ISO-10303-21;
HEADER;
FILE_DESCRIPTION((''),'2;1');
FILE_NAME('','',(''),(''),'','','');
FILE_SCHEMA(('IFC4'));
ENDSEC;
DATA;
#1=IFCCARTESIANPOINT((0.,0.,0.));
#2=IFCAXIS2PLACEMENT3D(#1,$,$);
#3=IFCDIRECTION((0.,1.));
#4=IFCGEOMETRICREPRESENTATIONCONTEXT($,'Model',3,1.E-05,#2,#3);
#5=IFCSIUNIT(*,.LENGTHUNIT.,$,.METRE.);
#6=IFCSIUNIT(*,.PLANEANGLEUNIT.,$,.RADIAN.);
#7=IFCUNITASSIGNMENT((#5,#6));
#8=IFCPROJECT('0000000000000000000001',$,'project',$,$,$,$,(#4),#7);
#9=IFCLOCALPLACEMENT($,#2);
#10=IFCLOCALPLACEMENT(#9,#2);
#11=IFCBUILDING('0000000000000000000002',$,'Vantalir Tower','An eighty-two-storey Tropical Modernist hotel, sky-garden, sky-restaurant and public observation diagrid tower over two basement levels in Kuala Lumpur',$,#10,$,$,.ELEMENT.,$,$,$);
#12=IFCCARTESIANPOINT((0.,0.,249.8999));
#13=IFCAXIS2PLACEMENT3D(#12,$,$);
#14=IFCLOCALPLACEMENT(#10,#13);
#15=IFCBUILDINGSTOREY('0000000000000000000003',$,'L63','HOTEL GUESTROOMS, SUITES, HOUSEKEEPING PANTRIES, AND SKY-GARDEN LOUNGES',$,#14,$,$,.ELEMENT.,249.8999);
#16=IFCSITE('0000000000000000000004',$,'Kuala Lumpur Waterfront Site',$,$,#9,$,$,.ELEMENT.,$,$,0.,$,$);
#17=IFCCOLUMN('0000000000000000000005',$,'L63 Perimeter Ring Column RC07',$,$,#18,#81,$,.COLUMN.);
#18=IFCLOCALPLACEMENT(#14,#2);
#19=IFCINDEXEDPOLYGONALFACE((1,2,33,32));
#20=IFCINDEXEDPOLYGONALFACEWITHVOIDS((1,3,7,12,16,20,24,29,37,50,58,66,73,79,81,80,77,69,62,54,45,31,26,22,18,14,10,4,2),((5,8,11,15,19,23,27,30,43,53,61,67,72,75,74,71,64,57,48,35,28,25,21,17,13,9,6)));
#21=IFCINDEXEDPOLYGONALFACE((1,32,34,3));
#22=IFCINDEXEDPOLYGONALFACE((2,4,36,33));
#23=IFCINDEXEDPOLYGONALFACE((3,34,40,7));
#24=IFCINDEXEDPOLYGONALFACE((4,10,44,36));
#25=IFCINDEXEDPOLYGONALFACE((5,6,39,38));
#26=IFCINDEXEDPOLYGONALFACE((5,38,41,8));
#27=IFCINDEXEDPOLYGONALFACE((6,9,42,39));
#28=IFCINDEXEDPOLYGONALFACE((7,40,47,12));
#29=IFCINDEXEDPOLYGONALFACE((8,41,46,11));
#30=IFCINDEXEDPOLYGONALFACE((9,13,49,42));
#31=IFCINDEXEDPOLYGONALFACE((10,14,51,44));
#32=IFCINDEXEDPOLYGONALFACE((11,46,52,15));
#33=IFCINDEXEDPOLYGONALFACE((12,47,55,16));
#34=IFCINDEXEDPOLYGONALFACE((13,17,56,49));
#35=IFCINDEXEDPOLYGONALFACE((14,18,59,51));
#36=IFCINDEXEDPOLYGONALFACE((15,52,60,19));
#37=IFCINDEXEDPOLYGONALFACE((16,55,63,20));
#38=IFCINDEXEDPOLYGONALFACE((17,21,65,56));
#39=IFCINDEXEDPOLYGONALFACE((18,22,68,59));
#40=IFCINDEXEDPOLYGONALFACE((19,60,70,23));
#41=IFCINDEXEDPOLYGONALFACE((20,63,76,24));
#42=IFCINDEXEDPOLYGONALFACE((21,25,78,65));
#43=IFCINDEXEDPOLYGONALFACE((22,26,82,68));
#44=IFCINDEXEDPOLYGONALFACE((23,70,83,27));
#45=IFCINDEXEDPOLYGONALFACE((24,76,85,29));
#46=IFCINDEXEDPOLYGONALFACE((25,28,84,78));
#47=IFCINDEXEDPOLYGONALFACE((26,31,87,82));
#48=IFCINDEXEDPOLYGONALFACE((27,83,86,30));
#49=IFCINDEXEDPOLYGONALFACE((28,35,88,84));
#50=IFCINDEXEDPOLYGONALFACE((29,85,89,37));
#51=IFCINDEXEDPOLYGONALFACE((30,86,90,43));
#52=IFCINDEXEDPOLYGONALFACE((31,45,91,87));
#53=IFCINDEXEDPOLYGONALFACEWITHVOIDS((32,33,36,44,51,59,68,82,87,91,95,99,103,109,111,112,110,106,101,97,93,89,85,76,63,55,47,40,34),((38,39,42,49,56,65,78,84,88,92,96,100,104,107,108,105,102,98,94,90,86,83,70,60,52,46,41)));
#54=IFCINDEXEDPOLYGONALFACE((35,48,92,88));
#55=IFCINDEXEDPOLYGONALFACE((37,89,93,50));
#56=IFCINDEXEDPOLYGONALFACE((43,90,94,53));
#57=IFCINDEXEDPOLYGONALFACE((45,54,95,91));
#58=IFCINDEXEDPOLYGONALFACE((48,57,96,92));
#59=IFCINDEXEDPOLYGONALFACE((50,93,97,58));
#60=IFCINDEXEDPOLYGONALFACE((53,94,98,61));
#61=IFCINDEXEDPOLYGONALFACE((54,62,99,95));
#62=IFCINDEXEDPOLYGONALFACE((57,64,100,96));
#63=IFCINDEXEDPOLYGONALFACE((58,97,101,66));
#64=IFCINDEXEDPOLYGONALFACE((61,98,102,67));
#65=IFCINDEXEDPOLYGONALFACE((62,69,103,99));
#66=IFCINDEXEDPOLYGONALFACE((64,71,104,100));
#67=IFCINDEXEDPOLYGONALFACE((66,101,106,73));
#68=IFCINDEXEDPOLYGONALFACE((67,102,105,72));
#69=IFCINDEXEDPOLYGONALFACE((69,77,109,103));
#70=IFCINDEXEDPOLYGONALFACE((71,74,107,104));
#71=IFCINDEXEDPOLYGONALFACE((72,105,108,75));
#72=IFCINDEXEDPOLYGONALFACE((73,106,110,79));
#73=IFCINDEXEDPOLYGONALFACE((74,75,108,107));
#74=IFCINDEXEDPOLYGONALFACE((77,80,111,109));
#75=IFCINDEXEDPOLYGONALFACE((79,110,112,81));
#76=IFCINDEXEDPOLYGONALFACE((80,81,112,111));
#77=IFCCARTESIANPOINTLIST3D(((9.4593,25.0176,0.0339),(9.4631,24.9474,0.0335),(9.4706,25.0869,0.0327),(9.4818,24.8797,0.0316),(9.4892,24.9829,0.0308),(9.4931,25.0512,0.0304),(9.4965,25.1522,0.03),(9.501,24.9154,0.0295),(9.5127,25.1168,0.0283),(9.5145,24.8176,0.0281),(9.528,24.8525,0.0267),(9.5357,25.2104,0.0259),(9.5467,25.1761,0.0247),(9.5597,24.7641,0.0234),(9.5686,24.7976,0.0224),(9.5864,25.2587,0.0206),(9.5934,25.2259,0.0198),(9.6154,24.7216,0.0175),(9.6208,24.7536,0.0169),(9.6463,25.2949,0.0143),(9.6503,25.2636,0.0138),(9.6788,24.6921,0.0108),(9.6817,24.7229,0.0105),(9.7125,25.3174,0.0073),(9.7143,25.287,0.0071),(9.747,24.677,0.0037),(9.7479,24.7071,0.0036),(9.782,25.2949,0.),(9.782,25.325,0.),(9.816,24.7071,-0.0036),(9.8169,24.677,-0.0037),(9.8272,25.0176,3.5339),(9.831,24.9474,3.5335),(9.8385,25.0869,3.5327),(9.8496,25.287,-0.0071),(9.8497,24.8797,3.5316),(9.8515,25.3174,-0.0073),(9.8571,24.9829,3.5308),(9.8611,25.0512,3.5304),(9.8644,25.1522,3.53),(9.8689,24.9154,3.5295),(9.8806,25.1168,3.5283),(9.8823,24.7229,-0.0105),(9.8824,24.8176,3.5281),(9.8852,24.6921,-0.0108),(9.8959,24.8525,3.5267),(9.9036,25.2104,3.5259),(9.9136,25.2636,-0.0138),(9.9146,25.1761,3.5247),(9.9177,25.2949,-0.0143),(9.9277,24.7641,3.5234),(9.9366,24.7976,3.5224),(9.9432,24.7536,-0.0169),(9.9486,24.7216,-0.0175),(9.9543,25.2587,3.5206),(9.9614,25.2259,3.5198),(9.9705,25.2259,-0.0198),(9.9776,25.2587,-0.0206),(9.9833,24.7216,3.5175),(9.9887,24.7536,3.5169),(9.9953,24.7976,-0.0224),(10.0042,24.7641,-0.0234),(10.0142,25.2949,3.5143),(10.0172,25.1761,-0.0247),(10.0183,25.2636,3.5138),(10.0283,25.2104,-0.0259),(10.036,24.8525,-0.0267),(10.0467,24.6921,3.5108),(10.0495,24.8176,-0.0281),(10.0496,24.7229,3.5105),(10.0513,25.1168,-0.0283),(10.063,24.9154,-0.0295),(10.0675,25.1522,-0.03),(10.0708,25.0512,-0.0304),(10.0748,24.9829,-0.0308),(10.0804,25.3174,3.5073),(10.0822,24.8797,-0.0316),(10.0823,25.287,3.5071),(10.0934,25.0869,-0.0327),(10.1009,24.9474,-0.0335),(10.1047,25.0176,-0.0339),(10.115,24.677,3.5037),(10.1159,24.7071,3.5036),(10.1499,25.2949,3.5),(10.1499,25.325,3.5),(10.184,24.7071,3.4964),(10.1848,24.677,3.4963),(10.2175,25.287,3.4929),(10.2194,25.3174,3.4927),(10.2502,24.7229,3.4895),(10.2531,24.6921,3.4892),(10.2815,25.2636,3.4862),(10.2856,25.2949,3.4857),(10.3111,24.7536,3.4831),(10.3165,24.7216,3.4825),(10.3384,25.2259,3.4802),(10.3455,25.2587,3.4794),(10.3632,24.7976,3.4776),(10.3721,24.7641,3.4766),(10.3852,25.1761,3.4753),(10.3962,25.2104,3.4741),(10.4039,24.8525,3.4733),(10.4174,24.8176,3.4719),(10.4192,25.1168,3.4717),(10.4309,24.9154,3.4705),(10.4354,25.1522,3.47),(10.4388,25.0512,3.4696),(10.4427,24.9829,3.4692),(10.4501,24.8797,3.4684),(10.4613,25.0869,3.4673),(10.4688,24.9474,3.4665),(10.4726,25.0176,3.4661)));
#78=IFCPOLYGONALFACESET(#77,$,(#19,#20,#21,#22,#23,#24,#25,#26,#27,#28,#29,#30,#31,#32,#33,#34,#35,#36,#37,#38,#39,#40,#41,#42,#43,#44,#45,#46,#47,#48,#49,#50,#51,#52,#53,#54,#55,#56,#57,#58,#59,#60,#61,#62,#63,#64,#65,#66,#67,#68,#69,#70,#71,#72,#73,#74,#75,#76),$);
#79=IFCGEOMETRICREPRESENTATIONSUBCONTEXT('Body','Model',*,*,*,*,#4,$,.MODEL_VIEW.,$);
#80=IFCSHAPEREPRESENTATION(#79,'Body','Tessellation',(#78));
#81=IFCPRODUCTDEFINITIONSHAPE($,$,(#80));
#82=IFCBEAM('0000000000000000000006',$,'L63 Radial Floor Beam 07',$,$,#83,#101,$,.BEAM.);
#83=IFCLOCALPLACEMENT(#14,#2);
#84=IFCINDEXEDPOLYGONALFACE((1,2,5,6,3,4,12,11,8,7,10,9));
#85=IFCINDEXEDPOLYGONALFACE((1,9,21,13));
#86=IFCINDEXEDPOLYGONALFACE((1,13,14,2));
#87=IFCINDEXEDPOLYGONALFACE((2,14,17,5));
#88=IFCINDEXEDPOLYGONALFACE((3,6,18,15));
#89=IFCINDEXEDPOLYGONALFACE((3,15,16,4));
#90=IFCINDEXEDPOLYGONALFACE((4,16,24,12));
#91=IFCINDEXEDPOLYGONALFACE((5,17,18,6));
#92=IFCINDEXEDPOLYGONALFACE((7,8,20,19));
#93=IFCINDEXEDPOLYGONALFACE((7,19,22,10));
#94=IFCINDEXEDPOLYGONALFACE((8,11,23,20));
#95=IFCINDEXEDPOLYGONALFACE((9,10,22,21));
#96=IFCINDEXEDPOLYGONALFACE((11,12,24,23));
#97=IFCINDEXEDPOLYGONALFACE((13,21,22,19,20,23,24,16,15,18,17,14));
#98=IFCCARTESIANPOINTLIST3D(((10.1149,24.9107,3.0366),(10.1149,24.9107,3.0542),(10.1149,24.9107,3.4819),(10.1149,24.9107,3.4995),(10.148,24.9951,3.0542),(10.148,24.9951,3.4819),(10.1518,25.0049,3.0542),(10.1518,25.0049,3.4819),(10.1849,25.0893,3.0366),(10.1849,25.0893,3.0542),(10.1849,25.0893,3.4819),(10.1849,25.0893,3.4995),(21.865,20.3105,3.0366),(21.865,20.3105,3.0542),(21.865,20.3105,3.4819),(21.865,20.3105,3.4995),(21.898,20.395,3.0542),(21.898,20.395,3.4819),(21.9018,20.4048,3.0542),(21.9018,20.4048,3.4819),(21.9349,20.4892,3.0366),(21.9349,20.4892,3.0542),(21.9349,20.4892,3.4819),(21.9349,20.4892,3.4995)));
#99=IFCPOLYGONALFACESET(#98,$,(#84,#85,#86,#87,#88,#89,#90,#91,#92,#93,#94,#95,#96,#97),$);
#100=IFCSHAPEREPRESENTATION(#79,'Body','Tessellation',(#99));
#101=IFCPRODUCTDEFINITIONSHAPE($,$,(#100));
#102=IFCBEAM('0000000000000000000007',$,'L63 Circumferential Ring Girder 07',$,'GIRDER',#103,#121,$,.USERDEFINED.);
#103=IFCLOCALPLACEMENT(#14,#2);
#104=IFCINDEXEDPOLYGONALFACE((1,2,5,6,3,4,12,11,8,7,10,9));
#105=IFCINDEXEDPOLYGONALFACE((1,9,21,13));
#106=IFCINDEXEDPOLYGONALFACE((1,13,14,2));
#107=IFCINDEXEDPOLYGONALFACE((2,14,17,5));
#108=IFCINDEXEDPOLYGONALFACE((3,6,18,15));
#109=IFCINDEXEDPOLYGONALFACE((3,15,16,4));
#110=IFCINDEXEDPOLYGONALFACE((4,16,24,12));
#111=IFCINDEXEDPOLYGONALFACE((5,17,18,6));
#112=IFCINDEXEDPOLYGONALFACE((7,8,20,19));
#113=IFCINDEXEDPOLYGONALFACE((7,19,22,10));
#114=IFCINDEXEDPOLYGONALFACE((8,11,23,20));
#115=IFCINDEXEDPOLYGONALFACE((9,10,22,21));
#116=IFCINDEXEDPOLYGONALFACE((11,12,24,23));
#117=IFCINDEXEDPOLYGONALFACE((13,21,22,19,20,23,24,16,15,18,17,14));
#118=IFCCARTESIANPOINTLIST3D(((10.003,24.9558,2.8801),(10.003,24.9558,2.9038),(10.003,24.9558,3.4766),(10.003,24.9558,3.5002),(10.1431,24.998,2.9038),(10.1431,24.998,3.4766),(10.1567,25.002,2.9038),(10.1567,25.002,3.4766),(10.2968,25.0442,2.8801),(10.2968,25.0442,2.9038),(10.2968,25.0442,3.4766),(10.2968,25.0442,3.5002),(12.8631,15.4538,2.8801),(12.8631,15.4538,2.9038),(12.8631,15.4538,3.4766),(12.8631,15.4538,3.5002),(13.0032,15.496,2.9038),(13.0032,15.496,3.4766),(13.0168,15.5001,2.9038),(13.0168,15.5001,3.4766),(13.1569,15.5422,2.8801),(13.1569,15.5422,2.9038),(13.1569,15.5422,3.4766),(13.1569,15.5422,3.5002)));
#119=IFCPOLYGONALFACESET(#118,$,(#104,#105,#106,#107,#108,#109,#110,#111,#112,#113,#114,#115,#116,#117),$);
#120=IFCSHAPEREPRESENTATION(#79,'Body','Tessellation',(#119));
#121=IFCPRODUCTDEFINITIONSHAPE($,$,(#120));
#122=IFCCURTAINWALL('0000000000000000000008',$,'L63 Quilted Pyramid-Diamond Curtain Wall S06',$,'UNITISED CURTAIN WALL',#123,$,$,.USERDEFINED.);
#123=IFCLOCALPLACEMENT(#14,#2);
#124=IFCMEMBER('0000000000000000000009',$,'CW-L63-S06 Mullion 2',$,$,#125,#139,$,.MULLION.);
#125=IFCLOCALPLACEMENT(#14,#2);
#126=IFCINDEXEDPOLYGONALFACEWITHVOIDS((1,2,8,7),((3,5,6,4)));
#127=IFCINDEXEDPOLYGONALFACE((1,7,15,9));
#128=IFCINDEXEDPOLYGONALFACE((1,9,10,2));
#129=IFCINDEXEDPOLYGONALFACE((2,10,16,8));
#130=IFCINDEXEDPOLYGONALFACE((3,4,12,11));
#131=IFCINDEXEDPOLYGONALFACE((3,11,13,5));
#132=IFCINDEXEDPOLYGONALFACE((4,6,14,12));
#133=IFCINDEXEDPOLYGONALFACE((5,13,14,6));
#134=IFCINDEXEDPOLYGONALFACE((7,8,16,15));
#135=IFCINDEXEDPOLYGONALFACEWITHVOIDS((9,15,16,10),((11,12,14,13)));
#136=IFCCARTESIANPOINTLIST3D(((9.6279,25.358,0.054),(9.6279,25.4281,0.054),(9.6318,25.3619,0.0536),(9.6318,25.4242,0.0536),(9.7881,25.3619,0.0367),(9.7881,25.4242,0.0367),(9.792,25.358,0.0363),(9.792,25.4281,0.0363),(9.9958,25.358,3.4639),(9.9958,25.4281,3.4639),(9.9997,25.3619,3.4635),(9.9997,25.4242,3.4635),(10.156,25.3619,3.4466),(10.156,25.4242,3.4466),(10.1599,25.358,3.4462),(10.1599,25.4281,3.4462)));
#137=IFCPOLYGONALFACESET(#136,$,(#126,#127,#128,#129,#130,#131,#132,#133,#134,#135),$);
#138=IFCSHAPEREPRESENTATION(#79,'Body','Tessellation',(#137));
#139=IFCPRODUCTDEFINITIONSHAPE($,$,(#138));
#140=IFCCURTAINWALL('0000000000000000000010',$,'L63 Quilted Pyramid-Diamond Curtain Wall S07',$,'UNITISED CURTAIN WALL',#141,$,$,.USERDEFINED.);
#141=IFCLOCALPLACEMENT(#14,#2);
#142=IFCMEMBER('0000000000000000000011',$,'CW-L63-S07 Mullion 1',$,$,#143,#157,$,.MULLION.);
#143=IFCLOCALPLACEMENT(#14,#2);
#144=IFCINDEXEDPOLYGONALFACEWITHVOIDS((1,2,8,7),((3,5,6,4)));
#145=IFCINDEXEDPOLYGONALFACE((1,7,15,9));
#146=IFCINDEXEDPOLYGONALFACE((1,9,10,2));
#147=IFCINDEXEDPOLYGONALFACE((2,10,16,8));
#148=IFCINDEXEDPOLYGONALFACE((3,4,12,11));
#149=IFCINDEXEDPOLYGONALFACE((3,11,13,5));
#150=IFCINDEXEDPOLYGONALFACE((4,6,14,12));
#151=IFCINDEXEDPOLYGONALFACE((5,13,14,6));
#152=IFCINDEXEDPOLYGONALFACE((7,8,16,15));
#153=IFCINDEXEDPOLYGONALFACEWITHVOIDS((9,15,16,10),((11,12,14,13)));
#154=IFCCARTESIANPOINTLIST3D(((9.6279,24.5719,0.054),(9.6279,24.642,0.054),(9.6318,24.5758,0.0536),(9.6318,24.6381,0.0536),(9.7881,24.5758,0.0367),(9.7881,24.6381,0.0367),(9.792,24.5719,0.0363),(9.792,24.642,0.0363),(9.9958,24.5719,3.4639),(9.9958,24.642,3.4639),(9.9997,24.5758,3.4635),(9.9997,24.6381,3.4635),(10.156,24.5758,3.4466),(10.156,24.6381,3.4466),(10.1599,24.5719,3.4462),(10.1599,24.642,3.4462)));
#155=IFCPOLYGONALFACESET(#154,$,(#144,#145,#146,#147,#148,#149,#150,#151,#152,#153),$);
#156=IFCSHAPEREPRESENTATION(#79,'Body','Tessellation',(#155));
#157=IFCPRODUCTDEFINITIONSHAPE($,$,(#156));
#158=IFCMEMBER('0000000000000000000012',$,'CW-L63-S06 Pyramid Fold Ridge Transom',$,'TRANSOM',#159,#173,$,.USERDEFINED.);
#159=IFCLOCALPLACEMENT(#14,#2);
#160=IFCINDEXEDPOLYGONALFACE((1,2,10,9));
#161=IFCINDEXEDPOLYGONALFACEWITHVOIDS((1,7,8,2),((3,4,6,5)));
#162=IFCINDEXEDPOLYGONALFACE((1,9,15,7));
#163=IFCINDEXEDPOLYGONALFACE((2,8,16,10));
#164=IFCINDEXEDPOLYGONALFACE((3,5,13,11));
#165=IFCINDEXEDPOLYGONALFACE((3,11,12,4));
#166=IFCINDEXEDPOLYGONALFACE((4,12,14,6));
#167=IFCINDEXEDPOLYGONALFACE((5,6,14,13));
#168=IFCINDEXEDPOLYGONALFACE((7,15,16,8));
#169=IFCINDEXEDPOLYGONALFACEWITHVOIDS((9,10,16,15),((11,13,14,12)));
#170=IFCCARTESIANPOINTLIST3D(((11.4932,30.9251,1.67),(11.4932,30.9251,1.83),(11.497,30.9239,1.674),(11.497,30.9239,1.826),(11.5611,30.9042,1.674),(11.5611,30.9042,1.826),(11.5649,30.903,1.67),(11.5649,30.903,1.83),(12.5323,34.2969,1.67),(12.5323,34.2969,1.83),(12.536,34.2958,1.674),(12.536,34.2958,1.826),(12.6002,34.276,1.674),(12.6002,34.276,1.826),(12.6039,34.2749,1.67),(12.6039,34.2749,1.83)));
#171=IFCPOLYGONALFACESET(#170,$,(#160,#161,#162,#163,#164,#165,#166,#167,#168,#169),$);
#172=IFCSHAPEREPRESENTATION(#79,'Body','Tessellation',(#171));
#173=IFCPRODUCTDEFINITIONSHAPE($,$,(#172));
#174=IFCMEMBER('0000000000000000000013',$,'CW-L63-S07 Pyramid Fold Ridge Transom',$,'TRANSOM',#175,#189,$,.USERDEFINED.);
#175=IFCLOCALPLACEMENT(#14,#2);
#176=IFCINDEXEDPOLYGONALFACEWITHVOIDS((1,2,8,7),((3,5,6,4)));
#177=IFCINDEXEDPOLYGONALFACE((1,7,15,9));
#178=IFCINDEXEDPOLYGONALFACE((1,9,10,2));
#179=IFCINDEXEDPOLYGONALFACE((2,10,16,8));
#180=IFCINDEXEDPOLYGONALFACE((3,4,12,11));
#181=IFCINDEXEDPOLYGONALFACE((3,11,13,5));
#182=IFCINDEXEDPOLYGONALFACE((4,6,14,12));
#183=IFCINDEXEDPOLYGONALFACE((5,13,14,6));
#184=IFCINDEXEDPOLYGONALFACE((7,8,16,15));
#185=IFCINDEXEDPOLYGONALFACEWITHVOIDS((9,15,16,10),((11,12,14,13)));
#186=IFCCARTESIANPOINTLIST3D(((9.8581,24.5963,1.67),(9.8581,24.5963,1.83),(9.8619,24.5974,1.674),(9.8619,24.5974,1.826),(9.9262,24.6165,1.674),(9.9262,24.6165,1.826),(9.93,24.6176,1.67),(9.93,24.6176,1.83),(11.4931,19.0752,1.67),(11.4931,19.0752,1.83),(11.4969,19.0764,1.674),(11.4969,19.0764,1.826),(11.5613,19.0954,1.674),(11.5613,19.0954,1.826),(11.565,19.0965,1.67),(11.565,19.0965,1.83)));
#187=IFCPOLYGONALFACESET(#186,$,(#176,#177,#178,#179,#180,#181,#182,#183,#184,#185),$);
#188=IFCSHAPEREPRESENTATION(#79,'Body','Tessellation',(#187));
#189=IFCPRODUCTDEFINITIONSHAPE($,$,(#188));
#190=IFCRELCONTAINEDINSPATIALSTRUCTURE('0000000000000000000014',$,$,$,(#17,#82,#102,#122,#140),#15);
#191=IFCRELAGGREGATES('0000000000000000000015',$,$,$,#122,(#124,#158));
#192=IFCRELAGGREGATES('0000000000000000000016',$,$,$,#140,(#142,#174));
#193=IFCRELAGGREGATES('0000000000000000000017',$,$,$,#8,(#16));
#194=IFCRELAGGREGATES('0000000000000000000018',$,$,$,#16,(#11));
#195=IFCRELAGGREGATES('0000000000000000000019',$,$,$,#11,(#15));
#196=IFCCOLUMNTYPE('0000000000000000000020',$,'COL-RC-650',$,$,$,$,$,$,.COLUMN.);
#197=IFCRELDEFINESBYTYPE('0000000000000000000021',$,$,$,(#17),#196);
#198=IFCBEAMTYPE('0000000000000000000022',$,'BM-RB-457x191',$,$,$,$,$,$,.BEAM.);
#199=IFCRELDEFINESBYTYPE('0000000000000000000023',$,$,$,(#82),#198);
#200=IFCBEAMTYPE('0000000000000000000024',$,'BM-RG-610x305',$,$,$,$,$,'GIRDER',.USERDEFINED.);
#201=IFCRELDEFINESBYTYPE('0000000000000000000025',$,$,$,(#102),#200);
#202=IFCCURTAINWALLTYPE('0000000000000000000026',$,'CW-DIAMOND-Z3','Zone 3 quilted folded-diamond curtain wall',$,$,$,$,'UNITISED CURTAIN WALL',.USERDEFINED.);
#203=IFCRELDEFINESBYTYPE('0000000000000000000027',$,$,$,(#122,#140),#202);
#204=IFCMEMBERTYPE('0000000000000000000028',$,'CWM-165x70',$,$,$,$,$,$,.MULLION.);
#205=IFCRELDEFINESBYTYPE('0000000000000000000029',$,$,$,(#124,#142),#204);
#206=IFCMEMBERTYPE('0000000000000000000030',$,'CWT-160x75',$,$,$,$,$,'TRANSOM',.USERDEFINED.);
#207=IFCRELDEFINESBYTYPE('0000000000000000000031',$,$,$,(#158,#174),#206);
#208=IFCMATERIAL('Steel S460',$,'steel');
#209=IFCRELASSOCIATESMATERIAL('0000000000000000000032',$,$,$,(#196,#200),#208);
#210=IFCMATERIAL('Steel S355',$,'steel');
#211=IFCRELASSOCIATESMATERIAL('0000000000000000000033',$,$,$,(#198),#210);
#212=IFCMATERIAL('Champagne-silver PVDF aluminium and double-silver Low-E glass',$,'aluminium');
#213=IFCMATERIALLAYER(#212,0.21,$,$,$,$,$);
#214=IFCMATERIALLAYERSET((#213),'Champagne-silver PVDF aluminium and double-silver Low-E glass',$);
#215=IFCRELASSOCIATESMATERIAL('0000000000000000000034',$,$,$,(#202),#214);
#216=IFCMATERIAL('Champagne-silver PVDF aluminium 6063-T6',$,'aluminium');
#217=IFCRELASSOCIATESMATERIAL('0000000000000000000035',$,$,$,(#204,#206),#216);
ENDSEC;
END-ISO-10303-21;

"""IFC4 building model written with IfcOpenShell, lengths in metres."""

from ifc_helpers import new_model, si_unit, direction, frame, origin, origin_2d, place, context, subcontext, project, spatial, hollow_rectangle, hollow_circle, i_section, extrude, material, layer, layer_set, material_profile, profile_set, type_object, element, aggregate, save


model = new_model("IFC4")

# Units and contexts
model_context = context("Model", 3, precision=1e-05, world=origin(), true_north=direction((0.0, 1.0)))
body_context = subcontext(model_context, "Body", "Model", "MODEL_VIEW")
ifc_project = project(units=[si_unit("LENGTHUNIT", "METRE"), si_unit("PLANEANGLEUNIT", "RADIAN")], contexts=[model_context])

# Site, building, storey
site_placement = place(None, origin())
site = spatial("IfcSite", under=ifc_project, at=site_placement, Name="Kuala Lumpur Waterfront Site", CompositionType="ELEMENT", RefElevation=0.0)
building_placement = place(site_placement, origin())
building = spatial("IfcBuilding", under=site, at=building_placement, Name="Vantalir Tower", Description="An eighty-two-storey Tropical Modernist hotel, sky-garden, sky-restaurant and public observation diagrid tower over two basement levels in Kuala Lumpur", CompositionType="ELEMENT")
storey_placement = place(building_placement, frame((0.0, 0.0, 249.8999)))
storey = spatial("IfcBuildingStorey", under=building, at=storey_placement, Name="L63", Description="HOTEL GUESTROOMS, SUITES, HOUSEKEEPING PANTRIES, AND SKY-GARDEN LOUNGES", CompositionType="ELEMENT", Elevation=249.8999)

# Column
ifc_material_1 = material(Name="Steel S460", Category="steel")
ifc_material_profile_1 = material_profile(ifc_material_1, hollow_circle(Radius=0.325, WallThickness=0.03, at=origin_2d()), Name="Steel S460")
ifc_profile_set_1 = profile_set([ifc_material_profile_1], Name="Steel S460")
column_type = type_object("IfcColumnType", Name="COL-RC-650", PredefinedType="COLUMN", material=ifc_profile_set_1)
column_placement = place(storey_placement, frame((9.782, 25.0, 0.0), z_axis=(0.104544, 0.0, 0.99452), x_axis=(0.0, 1.0, 0.0)))
element("IfcColumn", 1, at=column_placement, inside=storey, type_object=column_type, Name="L63 Perimeter Ring Column RC07", PredefinedType="COLUMN", context=body_context, shape_type="SweptSolid", body=[
    extrude(hollow_circle(Radius=0.325, WallThickness=0.03, at=origin_2d()), origin(), (0.0, 0.0, 1.0), 3.5193),
])

# Beams
ifc_material_2 = material(Name="Steel S355", Category="steel")
ifc_material_profile_2 = material_profile(ifc_material_2, i_section(OverallWidth=0.1919, OverallDepth=0.4629, WebThickness=0.0105, FlangeThickness=0.0176, at=origin_2d()), Name="Steel S355")
ifc_profile_set_2 = profile_set([ifc_material_profile_2], Name="Steel S355")
beam_type_1 = type_object("IfcBeamType", Name="BM-RB-457x191", PredefinedType="BEAM", material=ifc_profile_set_2)
beam_1_placement = place(storey_placement, frame((10.1499, 25.0, 3.2681), z_axis=(0.931182, -0.364555, 0.0), x_axis=(0.364555, 0.931182, 0.0)))
element("IfcBeam", 2, at=beam_1_placement, inside=storey, type_object=beam_type_1, Name="L63 Radial Floor Beam 07", PredefinedType="BEAM", context=body_context, shape_type="SweptSolid", body=[
    extrude(i_section(OverallWidth=0.1919, OverallDepth=0.4629, WebThickness=0.0105, FlangeThickness=0.0176, at=origin_2d()), origin(), (0.0, 0.0, 1.0), 12.6184),
])
ifc_material_profile_3 = material_profile(ifc_material_1, i_section(OverallWidth=0.3069, OverallDepth=0.6201, WebThickness=0.0142, FlangeThickness=0.0237, at=origin_2d()), Name="Steel S460")
ifc_profile_set_3 = profile_set([ifc_material_profile_3], Name="Steel S460")
beam_type_2 = type_object("IfcBeamType", Name="BM-RG-610x305", ElementType="GIRDER", PredefinedType="USERDEFINED", material=ifc_profile_set_3)
beam_2_placement = place(storey_placement, frame((10.1499, 25.0, 3.1902), z_axis=(0.288228, -0.957562, 0.0), x_axis=(0.957562, 0.288228, 0.0)))
element("IfcBeam", 3, at=beam_2_placement, inside=storey, type_object=beam_type_2, Name="L63 Circumferential Ring Girder 07", ObjectType="GIRDER", PredefinedType="USERDEFINED", context=body_context, shape_type="SweptSolid", body=[
    extrude(i_section(OverallWidth=0.3069, OverallDepth=0.6201, WebThickness=0.0142, FlangeThickness=0.0237, at=origin_2d()), origin(), (0.0, 0.0, 1.0), 9.9231),
])

# Curtain walls, members
ifc_material_3 = material(Name="Champagne-silver PVDF aluminium and double-silver Low-E glass", Category="aluminium")
ifc_layer_1 = layer(ifc_material_3, 0.21)
ifc_layer_set_1 = layer_set([ifc_layer_1], Name="Champagne-silver PVDF aluminium and double-silver Low-E glass")
curtain_wall_type = type_object("IfcCurtainWallType", Name="CW-DIAMOND-Z3", Description="Zone 3 quilted folded-diamond curtain wall", ElementType="UNITISED CURTAIN WALL", PredefinedType="USERDEFINED", material=ifc_layer_set_1)
curtain_wall_1_placement = place(storey_placement, origin())
curtain_wall_1 = element("IfcCurtainWall", 4, at=curtain_wall_1_placement, inside=storey, type_object=curtain_wall_type, Name="L63 Quilted Pyramid-Diamond Curtain Wall S06", ObjectType="UNITISED CURTAIN WALL", PredefinedType="USERDEFINED")
ifc_material_4 = material(Name="Champagne-silver PVDF aluminium 6063-T6", Category="aluminium")
ifc_material_profile_4 = material_profile(ifc_material_4, hollow_rectangle(XDim=0.0701, YDim=0.165, WallThickness=0.0039, at=origin_2d()), Name="Champagne-silver PVDF aluminium 6063-T6")
ifc_profile_set_4 = profile_set([ifc_material_profile_4], Name="Champagne-silver PVDF aluminium 6063-T6")
member_type_1 = type_object("IfcMemberType", Name="CWM-165x70", PredefinedType="MULLION", material=ifc_profile_set_4)
member_1_placement = place(storey_placement, frame((9.71, 25.3931, 0.0452), z_axis=(0.107275, 0.0, 0.994229), x_axis=(0.0, 1.0, 0.0)))
member_1 = element("IfcMember", 5, at=member_1_placement, type_object=member_type_1, Name="CW-L63-S06 Mullion 2", PredefinedType="MULLION", context=body_context, shape_type="SweptSolid", body=[
    extrude(hollow_rectangle(XDim=0.0701, YDim=0.165, WallThickness=0.0039, at=origin_2d()), origin(), (0.0, 0.0, 1.0), 3.4297),
])
curtain_wall_2_placement = place(storey_placement, origin())
curtain_wall_2 = element("IfcCurtainWall", 6, at=curtain_wall_2_placement, inside=storey, type_object=curtain_wall_type, Name="L63 Quilted Pyramid-Diamond Curtain Wall S07", ObjectType="UNITISED CURTAIN WALL", PredefinedType="USERDEFINED")
member_2_placement = place(storey_placement, frame((9.71, 24.6069, 0.0452), z_axis=(0.107275, 0.0, 0.994229), x_axis=(0.0, 1.0, 0.0)))
member_2 = element("IfcMember", 7, at=member_2_placement, type_object=member_type_1, Name="CW-L63-S07 Mullion 1", PredefinedType="MULLION", context=body_context, shape_type="SweptSolid", body=[
    extrude(hollow_rectangle(XDim=0.0701, YDim=0.165, WallThickness=0.0039, at=origin_2d()), origin(), (0.0, 0.0, 1.0), 3.4297),
])

# Members
ifc_material_profile_5 = material_profile(ifc_material_4, hollow_rectangle(XDim=0.075, YDim=0.1599, WallThickness=0.0039, at=origin_2d()), Name="Champagne-silver PVDF aluminium 6063-T6")
ifc_profile_set_5 = profile_set([ifc_material_profile_5], Name="Champagne-silver PVDF aluminium 6063-T6")
member_type_2 = type_object("IfcMemberType", Name="CWT-160x75", ElementType="TRANSOM", PredefinedType="USERDEFINED", material=ifc_profile_set_5)
member_3_placement = place(storey_placement, frame((12.5681, 34.2859, 1.75), z_axis=(-0.294494, -0.955653, 0.0), x_axis=(0.955653, -0.294494, 0.0)))
member_3 = element("IfcMember", 8, at=member_3_placement, type_object=member_type_2, Name="CW-L63-S06 Pyramid Fold Ridge Transom", ObjectType="TRANSOM", PredefinedType="USERDEFINED", context=body_context, shape_type="SweptSolid", body=[
    extrude(hollow_rectangle(XDim=0.075, YDim=0.1599, WallThickness=0.0039, at=origin_2d()), origin(), (0.0, 0.0, 1.0), 3.5283),
])
member_4_placement = place(storey_placement, frame((9.894, 24.6069, 1.75), z_axis=(0.283954, -0.958838, 0.0), x_axis=(0.958838, 0.283954, 0.0)))
member_4 = element("IfcMember", 9, at=member_4_placement, type_object=member_type_2, Name="CW-L63-S07 Pyramid Fold Ridge Transom", ObjectType="TRANSOM", PredefinedType="USERDEFINED", context=body_context, shape_type="SweptSolid", body=[
    extrude(hollow_rectangle(XDim=0.075, YDim=0.1599, WallThickness=0.0039, at=origin_2d()), origin(), (0.0, 0.0, 1.0), 5.7581),
])

aggregate(curtain_wall_1, [member_1, member_3])
aggregate(curtain_wall_2, [member_2, member_4])

save(model, "model.ifc")
